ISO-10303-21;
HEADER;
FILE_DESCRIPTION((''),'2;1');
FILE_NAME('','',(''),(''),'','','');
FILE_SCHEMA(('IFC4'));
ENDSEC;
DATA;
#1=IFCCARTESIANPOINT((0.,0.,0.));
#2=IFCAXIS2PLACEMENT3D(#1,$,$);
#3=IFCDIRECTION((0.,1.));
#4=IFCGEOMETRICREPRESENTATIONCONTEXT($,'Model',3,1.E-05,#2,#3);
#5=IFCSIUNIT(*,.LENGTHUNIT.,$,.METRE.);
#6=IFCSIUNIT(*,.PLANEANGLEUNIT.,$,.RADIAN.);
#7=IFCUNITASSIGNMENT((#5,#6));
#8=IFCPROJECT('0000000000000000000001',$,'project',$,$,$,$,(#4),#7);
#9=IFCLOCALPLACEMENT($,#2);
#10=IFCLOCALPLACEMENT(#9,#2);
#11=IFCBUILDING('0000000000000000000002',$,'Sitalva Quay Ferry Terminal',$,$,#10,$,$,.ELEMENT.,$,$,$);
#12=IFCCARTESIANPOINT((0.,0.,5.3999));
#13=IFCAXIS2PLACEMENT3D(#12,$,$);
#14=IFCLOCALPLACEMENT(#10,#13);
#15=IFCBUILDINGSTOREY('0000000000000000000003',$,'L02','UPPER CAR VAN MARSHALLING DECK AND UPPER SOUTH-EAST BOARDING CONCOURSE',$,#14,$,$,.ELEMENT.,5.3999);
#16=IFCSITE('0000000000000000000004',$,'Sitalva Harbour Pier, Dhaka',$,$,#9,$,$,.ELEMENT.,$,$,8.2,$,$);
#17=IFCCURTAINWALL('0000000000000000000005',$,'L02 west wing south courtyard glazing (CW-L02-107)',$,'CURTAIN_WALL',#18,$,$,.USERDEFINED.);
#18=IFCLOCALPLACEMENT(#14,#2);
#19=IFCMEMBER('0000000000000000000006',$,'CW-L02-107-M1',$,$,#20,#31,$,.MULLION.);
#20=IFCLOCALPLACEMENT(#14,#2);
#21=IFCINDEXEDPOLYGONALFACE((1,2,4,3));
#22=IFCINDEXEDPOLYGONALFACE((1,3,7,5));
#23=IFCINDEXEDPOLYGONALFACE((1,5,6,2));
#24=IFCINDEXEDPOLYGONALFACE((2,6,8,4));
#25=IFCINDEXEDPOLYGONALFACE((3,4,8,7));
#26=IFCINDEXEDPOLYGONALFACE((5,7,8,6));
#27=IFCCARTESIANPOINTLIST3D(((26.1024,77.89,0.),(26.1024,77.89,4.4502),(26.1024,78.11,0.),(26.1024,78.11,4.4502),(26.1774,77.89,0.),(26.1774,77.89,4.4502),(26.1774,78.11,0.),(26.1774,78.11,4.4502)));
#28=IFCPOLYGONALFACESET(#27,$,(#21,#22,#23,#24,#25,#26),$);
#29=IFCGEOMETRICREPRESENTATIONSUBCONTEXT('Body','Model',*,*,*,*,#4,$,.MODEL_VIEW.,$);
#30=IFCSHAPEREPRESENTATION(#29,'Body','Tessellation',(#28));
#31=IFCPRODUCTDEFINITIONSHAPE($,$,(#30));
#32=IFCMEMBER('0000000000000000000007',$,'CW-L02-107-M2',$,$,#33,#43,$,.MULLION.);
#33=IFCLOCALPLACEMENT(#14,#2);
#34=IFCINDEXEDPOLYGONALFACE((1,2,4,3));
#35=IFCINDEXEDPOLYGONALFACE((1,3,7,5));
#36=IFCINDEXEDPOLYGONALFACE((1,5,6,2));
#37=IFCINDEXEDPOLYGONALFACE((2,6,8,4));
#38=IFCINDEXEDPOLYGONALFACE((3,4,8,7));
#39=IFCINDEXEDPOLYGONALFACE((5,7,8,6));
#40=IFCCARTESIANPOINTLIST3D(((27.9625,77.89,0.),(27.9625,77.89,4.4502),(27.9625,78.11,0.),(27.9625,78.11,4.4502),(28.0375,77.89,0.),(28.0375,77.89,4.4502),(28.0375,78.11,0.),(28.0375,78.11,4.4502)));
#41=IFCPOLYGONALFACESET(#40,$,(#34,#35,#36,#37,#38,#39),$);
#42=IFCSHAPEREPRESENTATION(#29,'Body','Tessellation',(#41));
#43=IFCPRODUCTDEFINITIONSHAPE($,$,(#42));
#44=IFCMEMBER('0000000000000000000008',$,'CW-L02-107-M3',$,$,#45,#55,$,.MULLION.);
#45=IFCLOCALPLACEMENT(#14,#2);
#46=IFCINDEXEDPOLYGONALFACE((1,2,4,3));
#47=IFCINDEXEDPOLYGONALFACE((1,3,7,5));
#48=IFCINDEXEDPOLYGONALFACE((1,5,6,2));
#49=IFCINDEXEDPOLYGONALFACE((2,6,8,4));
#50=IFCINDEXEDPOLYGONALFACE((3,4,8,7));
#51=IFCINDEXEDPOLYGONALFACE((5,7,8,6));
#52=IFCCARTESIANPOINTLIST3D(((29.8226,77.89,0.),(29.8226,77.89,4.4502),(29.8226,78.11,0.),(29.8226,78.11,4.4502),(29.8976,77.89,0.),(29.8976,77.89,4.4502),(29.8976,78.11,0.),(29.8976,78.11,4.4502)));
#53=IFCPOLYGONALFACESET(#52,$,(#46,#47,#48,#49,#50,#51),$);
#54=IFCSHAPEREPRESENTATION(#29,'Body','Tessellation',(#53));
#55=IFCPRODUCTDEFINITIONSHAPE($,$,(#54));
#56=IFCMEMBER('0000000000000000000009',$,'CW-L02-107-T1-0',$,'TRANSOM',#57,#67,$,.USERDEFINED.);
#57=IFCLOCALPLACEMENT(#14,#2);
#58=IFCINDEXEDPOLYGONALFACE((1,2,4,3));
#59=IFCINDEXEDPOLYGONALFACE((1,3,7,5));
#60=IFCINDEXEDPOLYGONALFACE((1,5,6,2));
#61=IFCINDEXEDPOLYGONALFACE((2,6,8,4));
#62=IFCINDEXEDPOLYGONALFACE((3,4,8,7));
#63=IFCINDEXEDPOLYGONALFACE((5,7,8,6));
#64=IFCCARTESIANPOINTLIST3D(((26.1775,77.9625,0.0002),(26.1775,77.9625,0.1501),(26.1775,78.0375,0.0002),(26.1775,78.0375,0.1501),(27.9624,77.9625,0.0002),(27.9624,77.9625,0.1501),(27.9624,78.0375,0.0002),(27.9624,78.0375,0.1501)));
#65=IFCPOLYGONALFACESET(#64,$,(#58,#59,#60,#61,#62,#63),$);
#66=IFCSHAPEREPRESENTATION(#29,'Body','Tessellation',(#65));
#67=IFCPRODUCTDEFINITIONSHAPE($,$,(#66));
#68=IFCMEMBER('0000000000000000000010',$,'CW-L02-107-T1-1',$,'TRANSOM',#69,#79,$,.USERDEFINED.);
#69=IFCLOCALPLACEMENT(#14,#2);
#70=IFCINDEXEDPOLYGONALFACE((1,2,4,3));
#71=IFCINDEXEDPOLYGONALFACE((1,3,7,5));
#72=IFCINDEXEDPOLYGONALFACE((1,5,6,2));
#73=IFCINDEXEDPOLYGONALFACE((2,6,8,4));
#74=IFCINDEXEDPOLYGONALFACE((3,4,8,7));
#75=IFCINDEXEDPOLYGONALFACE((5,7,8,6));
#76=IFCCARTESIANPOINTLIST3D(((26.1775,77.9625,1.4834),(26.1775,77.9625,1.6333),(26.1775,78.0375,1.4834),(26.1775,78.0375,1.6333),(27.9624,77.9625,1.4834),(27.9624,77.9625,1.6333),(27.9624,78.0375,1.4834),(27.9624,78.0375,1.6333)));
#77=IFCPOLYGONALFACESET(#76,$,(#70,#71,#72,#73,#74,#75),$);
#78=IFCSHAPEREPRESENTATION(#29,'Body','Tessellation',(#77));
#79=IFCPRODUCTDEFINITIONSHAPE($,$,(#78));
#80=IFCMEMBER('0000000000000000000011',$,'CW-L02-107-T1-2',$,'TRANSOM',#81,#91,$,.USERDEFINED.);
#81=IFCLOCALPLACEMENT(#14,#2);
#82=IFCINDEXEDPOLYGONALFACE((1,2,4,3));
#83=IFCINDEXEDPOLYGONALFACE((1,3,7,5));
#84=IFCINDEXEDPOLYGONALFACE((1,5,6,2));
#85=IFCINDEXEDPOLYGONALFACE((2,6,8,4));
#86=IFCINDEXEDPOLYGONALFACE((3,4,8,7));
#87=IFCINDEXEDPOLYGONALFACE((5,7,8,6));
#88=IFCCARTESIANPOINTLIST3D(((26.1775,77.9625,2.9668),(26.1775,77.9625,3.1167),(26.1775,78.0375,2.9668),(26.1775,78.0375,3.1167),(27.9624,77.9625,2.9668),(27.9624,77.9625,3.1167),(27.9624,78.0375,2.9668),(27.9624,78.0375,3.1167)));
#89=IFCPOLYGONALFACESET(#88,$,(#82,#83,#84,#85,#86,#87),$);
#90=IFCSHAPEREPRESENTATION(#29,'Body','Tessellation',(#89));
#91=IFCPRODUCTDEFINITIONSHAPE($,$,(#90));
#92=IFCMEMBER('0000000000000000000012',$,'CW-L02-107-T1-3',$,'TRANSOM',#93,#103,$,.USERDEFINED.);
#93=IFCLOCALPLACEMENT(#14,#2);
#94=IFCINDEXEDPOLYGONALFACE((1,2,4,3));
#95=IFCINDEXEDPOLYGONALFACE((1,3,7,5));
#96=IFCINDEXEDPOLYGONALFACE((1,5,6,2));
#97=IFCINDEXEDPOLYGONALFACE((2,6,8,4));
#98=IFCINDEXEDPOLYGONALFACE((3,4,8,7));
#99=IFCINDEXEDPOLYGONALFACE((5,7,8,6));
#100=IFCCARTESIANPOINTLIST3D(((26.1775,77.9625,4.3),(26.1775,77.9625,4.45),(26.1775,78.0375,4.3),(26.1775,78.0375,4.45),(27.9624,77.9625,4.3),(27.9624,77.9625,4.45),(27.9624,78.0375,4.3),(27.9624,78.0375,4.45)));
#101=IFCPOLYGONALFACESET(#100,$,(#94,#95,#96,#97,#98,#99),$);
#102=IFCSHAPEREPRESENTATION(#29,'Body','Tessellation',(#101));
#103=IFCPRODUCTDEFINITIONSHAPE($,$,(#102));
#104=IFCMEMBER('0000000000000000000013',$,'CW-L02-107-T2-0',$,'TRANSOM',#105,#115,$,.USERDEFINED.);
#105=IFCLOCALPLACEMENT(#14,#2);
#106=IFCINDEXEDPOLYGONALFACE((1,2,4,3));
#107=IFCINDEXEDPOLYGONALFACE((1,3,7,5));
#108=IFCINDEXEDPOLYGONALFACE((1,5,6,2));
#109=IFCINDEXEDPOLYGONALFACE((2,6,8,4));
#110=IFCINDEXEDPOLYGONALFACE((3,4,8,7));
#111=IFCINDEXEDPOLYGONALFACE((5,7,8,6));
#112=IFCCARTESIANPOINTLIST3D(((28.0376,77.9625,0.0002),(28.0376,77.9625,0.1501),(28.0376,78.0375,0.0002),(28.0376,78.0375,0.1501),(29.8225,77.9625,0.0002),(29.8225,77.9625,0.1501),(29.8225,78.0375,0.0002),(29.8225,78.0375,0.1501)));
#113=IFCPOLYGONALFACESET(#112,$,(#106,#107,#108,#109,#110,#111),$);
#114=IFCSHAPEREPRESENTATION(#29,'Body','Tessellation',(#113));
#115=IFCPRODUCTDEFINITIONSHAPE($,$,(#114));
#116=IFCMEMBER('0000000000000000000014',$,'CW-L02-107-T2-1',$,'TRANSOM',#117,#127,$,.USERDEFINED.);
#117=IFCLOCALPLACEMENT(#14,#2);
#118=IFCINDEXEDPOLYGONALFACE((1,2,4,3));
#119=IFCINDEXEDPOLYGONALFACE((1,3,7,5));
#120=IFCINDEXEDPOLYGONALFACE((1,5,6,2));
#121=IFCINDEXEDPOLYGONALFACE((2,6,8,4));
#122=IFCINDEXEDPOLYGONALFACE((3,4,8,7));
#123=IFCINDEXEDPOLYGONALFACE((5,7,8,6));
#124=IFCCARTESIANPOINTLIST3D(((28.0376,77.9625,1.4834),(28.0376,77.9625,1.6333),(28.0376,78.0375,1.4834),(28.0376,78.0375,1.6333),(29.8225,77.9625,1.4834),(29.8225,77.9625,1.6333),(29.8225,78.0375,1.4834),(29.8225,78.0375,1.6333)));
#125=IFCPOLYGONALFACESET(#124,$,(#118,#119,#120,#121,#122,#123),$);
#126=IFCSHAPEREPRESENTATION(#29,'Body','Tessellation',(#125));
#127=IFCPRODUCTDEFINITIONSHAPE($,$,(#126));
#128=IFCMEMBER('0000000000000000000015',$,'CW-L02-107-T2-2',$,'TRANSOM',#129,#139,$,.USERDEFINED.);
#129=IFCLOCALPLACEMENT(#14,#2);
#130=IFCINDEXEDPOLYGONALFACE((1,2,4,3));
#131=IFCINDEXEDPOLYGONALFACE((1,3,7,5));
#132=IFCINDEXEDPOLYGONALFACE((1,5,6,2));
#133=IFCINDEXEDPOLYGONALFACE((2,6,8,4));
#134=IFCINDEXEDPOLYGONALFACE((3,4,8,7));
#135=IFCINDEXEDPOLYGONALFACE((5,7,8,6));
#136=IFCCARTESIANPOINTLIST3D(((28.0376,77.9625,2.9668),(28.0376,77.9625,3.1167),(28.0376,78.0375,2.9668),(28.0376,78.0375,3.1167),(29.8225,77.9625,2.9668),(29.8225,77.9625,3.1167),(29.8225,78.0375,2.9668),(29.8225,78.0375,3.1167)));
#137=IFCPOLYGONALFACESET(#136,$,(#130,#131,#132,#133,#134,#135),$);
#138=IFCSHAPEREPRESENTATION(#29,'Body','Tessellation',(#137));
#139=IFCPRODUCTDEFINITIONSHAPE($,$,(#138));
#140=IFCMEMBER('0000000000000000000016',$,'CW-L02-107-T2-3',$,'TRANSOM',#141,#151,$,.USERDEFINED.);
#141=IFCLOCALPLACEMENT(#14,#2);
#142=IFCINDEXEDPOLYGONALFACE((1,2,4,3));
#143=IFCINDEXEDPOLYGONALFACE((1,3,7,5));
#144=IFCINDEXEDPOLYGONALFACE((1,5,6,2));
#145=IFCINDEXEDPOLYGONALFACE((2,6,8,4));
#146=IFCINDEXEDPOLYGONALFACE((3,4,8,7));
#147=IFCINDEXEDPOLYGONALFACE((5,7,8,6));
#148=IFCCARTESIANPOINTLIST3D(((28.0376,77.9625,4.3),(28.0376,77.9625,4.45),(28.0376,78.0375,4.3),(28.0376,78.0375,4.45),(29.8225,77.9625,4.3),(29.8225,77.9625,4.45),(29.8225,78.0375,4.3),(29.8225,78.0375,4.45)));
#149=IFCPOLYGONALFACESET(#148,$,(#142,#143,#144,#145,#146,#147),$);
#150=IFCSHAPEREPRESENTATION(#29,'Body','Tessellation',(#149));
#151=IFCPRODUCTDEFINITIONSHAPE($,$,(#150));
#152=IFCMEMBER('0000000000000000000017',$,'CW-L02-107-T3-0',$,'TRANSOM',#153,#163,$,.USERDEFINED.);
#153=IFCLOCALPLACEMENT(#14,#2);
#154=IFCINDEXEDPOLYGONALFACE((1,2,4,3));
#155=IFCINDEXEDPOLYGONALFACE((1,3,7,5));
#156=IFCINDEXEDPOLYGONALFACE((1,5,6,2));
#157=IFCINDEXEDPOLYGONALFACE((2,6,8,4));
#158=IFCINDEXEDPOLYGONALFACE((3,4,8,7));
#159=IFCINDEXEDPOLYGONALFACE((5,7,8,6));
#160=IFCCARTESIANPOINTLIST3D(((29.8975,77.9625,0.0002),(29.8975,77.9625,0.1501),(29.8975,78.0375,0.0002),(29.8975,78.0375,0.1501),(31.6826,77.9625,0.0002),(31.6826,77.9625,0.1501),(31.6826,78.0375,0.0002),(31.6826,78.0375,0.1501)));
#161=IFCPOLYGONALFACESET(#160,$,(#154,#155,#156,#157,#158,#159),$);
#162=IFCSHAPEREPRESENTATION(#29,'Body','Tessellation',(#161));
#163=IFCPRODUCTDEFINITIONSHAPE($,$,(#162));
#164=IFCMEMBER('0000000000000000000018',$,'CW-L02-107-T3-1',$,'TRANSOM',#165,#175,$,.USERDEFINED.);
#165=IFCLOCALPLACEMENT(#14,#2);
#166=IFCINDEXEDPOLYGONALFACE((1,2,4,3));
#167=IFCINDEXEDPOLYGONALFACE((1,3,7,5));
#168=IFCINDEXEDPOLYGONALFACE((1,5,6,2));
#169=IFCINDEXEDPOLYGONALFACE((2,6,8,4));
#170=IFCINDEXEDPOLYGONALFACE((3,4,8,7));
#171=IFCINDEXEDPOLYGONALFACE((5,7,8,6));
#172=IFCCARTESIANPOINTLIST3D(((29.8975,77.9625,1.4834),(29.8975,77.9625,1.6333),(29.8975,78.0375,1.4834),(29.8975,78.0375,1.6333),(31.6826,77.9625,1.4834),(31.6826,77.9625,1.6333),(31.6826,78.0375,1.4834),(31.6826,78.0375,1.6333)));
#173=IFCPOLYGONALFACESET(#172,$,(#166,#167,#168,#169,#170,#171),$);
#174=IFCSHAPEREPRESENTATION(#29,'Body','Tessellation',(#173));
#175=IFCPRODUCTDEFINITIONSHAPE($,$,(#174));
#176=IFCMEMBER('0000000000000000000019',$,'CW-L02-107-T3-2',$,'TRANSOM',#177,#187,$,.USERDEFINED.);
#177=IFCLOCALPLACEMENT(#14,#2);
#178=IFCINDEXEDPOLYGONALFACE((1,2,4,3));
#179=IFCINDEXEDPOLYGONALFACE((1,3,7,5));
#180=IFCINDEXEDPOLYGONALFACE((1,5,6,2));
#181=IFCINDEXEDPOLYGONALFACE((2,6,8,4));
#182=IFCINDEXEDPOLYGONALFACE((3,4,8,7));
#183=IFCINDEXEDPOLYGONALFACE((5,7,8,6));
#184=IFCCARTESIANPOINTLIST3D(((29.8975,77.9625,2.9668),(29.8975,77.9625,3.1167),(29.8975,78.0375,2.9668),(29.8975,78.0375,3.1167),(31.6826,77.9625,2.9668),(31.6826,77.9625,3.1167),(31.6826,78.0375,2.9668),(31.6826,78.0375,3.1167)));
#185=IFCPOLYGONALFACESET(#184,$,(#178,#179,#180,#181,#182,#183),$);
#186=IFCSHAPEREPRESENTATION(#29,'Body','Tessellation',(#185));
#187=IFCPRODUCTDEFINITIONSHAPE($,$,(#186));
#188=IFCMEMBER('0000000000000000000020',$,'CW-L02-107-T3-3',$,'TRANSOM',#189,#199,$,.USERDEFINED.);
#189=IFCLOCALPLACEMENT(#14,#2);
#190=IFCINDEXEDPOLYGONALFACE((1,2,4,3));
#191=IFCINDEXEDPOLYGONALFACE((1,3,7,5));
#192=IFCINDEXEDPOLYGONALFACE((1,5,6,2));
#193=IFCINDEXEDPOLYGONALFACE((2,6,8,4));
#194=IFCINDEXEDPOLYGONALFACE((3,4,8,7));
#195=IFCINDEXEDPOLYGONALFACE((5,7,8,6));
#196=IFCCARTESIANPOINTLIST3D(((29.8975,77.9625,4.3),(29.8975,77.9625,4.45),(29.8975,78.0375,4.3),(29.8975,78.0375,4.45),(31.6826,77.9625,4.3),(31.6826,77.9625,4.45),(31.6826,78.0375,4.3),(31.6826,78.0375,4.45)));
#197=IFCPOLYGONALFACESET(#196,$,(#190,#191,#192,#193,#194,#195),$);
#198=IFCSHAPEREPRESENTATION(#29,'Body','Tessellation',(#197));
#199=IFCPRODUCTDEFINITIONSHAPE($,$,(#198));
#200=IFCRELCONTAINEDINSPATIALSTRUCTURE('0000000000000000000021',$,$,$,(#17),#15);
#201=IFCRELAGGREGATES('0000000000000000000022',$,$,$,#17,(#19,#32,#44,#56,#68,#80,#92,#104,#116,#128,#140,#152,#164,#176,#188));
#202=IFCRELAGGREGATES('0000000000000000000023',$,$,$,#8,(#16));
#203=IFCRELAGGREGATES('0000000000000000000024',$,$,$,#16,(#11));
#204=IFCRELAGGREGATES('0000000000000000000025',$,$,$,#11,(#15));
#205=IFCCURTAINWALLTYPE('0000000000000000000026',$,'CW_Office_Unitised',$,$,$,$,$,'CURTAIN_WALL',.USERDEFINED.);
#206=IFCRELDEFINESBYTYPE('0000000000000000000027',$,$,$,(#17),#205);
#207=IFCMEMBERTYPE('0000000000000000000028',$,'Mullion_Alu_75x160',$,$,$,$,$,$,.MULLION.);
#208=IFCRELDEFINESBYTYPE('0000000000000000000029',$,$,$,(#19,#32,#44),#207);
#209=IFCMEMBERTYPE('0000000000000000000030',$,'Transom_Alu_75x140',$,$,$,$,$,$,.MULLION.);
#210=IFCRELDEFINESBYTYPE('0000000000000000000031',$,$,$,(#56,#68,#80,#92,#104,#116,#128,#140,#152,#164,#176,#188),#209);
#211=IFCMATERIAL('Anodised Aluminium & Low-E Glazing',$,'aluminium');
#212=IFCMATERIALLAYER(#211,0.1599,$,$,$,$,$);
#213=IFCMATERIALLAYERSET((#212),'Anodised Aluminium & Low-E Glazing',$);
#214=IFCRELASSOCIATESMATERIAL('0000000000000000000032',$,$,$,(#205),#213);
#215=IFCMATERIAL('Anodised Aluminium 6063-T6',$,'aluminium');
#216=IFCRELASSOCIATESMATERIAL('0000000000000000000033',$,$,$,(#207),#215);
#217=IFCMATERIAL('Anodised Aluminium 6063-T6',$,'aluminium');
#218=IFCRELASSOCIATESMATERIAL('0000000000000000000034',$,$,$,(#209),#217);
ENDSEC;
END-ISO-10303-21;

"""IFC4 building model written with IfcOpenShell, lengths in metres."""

from ifc_helpers import new_model, si_unit, direction, frame, origin, origin_2d, place, context, subcontext, project, spatial, rectangle, extrude, material, layer, layer_set, material_profile, profile_set, type_object, element, aggregate, save


model = new_model("IFC4")

# Units and contexts
model_context = context("Model", 3, precision=1e-05, world=origin(), true_north=direction((0.0, 1.0)))
body_context = subcontext(model_context, "Body", "Model", "MODEL_VIEW")
ifc_project = project(units=[si_unit("LENGTHUNIT", "METRE"), si_unit("PLANEANGLEUNIT", "RADIAN")], contexts=[model_context])

# Site, building, storey
site_placement = place(None, origin())
site = spatial("IfcSite", under=ifc_project, at=site_placement, Name="Sitalva Harbour Pier, Dhaka", CompositionType="ELEMENT", RefElevation=8.2)
building_placement = place(site_placement, origin())
building = spatial("IfcBuilding", under=site, at=building_placement, Name="Sitalva Quay Ferry Terminal", CompositionType="ELEMENT")
storey_placement = place(building_placement, frame((0.0, 0.0, 5.3999)))
storey = spatial("IfcBuildingStorey", under=building, at=storey_placement, Name="L02", Description="UPPER CAR VAN MARSHALLING DECK AND UPPER SOUTH-EAST BOARDING CONCOURSE", CompositionType="ELEMENT", Elevation=5.3999)

# Curtain wall, members
ifc_material_1 = material(Name="Anodised Aluminium & Low-E Glazing", Category="aluminium")
ifc_layer_1 = layer(ifc_material_1, 0.1599)
ifc_layer_set_1 = layer_set([ifc_layer_1], Name="Anodised Aluminium & Low-E Glazing")
curtain_wall_type = type_object("IfcCurtainWallType", Name="CW_Office_Unitised", ElementType="CURTAIN_WALL", PredefinedType="USERDEFINED", material=ifc_layer_set_1)
curtain_wall_placement = place(storey_placement, origin())
curtain_wall = element("IfcCurtainWall", 1, at=curtain_wall_placement, inside=storey, type_object=curtain_wall_type, Name="L02 west wing south courtyard glazing (CW-L02-107)", ObjectType="CURTAIN_WALL", PredefinedType="USERDEFINED")
ifc_material_2 = material(Name="Anodised Aluminium 6063-T6", Category="aluminium")
ifc_material_profile_1 = material_profile(ifc_material_2, rectangle(XDim=0.075, YDim=0.22, at=origin_2d()), Name="ALU75x220")
ifc_profile_set_1 = profile_set([ifc_material_profile_1], Name="Anodised Aluminium 6063-T6")
member_type_1 = type_object("IfcMemberType", Name="Mullion_Alu_75x160", PredefinedType="MULLION", material=ifc_profile_set_1)
member_1_placement = place(storey_placement, frame((26.1399, 78.0, 0.0), z_axis=(0.0, 0.0, 1.0), x_axis=(1.0, 0.0, 0.0)))
member_1 = element("IfcMember", 2, at=member_1_placement, type_object=member_type_1, Name="CW-L02-107-M1", PredefinedType="MULLION", context=body_context, shape_type="SweptSolid", body=[
    extrude(rectangle(XDim=0.075, YDim=0.22, at=origin_2d()), origin(), (0.0, 0.0, 1.0), 4.4502),
])
member_2_placement = place(storey_placement, frame((28.0, 78.0, 0.0), z_axis=(0.0, 0.0, 1.0), x_axis=(1.0, 0.0, 0.0)))
member_2 = element("IfcMember", 3, at=member_2_placement, type_object=member_type_1, Name="CW-L02-107-M2", PredefinedType="MULLION", context=body_context, shape_type="SweptSolid", body=[
    extrude(rectangle(XDim=0.075, YDim=0.22, at=origin_2d()), origin(), (0.0, 0.0, 1.0), 4.4502),
])
member_3_placement = place(storey_placement, frame((29.8601, 78.0, 0.0), z_axis=(0.0, 0.0, 1.0), x_axis=(1.0, 0.0, 0.0)))
member_3 = element("IfcMember", 4, at=member_3_placement, type_object=member_type_1, Name="CW-L02-107-M3", PredefinedType="MULLION", context=body_context, shape_type="SweptSolid", body=[
    extrude(rectangle(XDim=0.075, YDim=0.22, at=origin_2d()), origin(), (0.0, 0.0, 1.0), 4.4502),
])
ifc_material_3 = material(Name="Anodised Aluminium 6063-T6", Category="aluminium")
ifc_material_profile_2 = material_profile(ifc_material_3, rectangle(XDim=0.075, YDim=0.1499, at=origin_2d()), Name="ALU75x150")
ifc_profile_set_2 = profile_set([ifc_material_profile_2], Name="Anodised Aluminium 6063-T6")
member_type_2 = type_object("IfcMemberType", Name="Transom_Alu_75x140", PredefinedType="MULLION", material=ifc_profile_set_2)
member_4_placement = place(storey_placement, frame((26.1775, 78.0, 0.0752), z_axis=(1.0, 0.0, 0.0), x_axis=(0.0, 1.0, 0.0)))
member_4 = element("IfcMember", 5, at=member_4_placement, type_object=member_type_2, Name="CW-L02-107-T1-0", ObjectType="TRANSOM", PredefinedType="USERDEFINED", context=body_context, shape_type="SweptSolid", body=[
    extrude(rectangle(XDim=0.075, YDim=0.1499, at=origin_2d()), origin(), (0.0, 0.0, 1.0), 1.7849),
])
member_5_placement = place(storey_placement, frame((26.1775, 78.0, 1.5583), z_axis=(1.0, 0.0, 0.0), x_axis=(0.0, 1.0, 0.0)))
member_5 = element("IfcMember", 6, at=member_5_placement, type_object=member_type_2, Name="CW-L02-107-T1-1", ObjectType="TRANSOM", PredefinedType="USERDEFINED", context=body_context, shape_type="SweptSolid", body=[
    extrude(rectangle(XDim=0.075, YDim=0.1499, at=origin_2d()), origin(), (0.0, 0.0, 1.0), 1.7849),
])
member_6_placement = place(storey_placement, frame((26.1775, 78.0, 3.0417), z_axis=(1.0, 0.0, 0.0), x_axis=(0.0, 1.0, 0.0)))
member_6 = element("IfcMember", 7, at=member_6_placement, type_object=member_type_2, Name="CW-L02-107-T1-2", ObjectType="TRANSOM", PredefinedType="USERDEFINED", context=body_context, shape_type="SweptSolid", body=[
    extrude(rectangle(XDim=0.075, YDim=0.1499, at=origin_2d()), origin(), (0.0, 0.0, 1.0), 1.7849),
])
member_7_placement = place(storey_placement, frame((26.1775, 78.0, 4.375), z_axis=(1.0, 0.0, 0.0), x_axis=(0.0, 1.0, 0.0)))
member_7 = element("IfcMember", 8, at=member_7_placement, type_object=member_type_2, Name="CW-L02-107-T1-3", ObjectType="TRANSOM", PredefinedType="USERDEFINED", context=body_context, shape_type="SweptSolid", body=[
    extrude(rectangle(XDim=0.075, YDim=0.1499, at=origin_2d()), origin(), (0.0, 0.0, 1.0), 1.7849),
])
member_8_placement = place(storey_placement, frame((28.0376, 78.0, 0.0752), z_axis=(1.0, 0.0, 0.0), x_axis=(0.0, 1.0, 0.0)))
member_8 = element("IfcMember", 9, at=member_8_placement, type_object=member_type_2, Name="CW-L02-107-T2-0", ObjectType="TRANSOM", PredefinedType="USERDEFINED", context=body_context, shape_type="SweptSolid", body=[
    extrude(rectangle(XDim=0.075, YDim=0.1499, at=origin_2d()), origin(), (0.0, 0.0, 1.0), 1.7849),
])
member_9_placement = place(storey_placement, frame((28.0376, 78.0, 1.5583), z_axis=(1.0, 0.0, 0.0), x_axis=(0.0, 1.0, 0.0)))
member_9 = element("IfcMember", 10, at=member_9_placement, type_object=member_type_2, Name="CW-L02-107-T2-1", ObjectType="TRANSOM", PredefinedType="USERDEFINED", context=body_context, shape_type="SweptSolid", body=[
    extrude(rectangle(XDim=0.075, YDim=0.1499, at=origin_2d()), origin(), (0.0, 0.0, 1.0), 1.7849),
])
member_10_placement = place(storey_placement, frame((28.0376, 78.0, 3.0417), z_axis=(1.0, 0.0, 0.0), x_axis=(0.0, 1.0, 0.0)))
member_10 = element("IfcMember", 11, at=member_10_placement, type_object=member_type_2, Name="CW-L02-107-T2-2", ObjectType="TRANSOM", PredefinedType="USERDEFINED", context=body_context, shape_type="SweptSolid", body=[
    extrude(rectangle(XDim=0.075, YDim=0.1499, at=origin_2d()), origin(), (0.0, 0.0, 1.0), 1.7849),
])
member_11_placement = place(storey_placement, frame((28.0376, 78.0, 4.375), z_axis=(1.0, 0.0, 0.0), x_axis=(0.0, 1.0, 0.0)))
member_11 = element("IfcMember", 12, at=member_11_placement, type_object=member_type_2, Name="CW-L02-107-T2-3", ObjectType="TRANSOM", PredefinedType="USERDEFINED", context=body_context, shape_type="SweptSolid", body=[
    extrude(rectangle(XDim=0.075, YDim=0.1499, at=origin_2d()), origin(), (0.0, 0.0, 1.0), 1.7849),
])
member_12_placement = place(storey_placement, frame((29.8975, 78.0, 0.0752), z_axis=(1.0, 0.0, 0.0), x_axis=(0.0, 1.0, 0.0)))
member_12 = element("IfcMember", 13, at=member_12_placement, type_object=member_type_2, Name="CW-L02-107-T3-0", ObjectType="TRANSOM", PredefinedType="USERDEFINED", context=body_context, shape_type="SweptSolid", body=[
    extrude(rectangle(XDim=0.075, YDim=0.1499, at=origin_2d()), origin(), (0.0, 0.0, 1.0), 1.7852),
])
member_13_placement = place(storey_placement, frame((29.8975, 78.0, 1.5583), z_axis=(1.0, 0.0, 0.0), x_axis=(0.0, 1.0, 0.0)))
member_13 = element("IfcMember", 14, at=member_13_placement, type_object=member_type_2, Name="CW-L02-107-T3-1", ObjectType="TRANSOM", PredefinedType="USERDEFINED", context=body_context, shape_type="SweptSolid", body=[
    extrude(rectangle(XDim=0.075, YDim=0.1499, at=origin_2d()), origin(), (0.0, 0.0, 1.0), 1.7852),
])
member_14_placement = place(storey_placement, frame((29.8975, 78.0, 3.0417), z_axis=(1.0, 0.0, 0.0), x_axis=(0.0, 1.0, 0.0)))
member_14 = element("IfcMember", 15, at=member_14_placement, type_object=member_type_2, Name="CW-L02-107-T3-2", ObjectType="TRANSOM", PredefinedType="USERDEFINED", context=body_context, shape_type="SweptSolid", body=[
    extrude(rectangle(XDim=0.075, YDim=0.1499, at=origin_2d()), origin(), (0.0, 0.0, 1.0), 1.7852),
])
member_15_placement = place(storey_placement, frame((29.8975, 78.0, 4.375), z_axis=(1.0, 0.0, 0.0), x_axis=(0.0, 1.0, 0.0)))
member_15 = element("IfcMember", 16, at=member_15_placement, type_object=member_type_2, Name="CW-L02-107-T3-3", ObjectType="TRANSOM", PredefinedType="USERDEFINED", context=body_context, shape_type="SweptSolid", body=[
    extrude(rectangle(XDim=0.075, YDim=0.1499, at=origin_2d()), origin(), (0.0, 0.0, 1.0), 1.7852),
])
aggregate(curtain_wall, [member_1, member_2, member_3, member_4, member_5, member_6, member_7, member_8, member_9, member_10, member_11, member_12, member_13, member_14, member_15])

save(model, "model.ifc")
